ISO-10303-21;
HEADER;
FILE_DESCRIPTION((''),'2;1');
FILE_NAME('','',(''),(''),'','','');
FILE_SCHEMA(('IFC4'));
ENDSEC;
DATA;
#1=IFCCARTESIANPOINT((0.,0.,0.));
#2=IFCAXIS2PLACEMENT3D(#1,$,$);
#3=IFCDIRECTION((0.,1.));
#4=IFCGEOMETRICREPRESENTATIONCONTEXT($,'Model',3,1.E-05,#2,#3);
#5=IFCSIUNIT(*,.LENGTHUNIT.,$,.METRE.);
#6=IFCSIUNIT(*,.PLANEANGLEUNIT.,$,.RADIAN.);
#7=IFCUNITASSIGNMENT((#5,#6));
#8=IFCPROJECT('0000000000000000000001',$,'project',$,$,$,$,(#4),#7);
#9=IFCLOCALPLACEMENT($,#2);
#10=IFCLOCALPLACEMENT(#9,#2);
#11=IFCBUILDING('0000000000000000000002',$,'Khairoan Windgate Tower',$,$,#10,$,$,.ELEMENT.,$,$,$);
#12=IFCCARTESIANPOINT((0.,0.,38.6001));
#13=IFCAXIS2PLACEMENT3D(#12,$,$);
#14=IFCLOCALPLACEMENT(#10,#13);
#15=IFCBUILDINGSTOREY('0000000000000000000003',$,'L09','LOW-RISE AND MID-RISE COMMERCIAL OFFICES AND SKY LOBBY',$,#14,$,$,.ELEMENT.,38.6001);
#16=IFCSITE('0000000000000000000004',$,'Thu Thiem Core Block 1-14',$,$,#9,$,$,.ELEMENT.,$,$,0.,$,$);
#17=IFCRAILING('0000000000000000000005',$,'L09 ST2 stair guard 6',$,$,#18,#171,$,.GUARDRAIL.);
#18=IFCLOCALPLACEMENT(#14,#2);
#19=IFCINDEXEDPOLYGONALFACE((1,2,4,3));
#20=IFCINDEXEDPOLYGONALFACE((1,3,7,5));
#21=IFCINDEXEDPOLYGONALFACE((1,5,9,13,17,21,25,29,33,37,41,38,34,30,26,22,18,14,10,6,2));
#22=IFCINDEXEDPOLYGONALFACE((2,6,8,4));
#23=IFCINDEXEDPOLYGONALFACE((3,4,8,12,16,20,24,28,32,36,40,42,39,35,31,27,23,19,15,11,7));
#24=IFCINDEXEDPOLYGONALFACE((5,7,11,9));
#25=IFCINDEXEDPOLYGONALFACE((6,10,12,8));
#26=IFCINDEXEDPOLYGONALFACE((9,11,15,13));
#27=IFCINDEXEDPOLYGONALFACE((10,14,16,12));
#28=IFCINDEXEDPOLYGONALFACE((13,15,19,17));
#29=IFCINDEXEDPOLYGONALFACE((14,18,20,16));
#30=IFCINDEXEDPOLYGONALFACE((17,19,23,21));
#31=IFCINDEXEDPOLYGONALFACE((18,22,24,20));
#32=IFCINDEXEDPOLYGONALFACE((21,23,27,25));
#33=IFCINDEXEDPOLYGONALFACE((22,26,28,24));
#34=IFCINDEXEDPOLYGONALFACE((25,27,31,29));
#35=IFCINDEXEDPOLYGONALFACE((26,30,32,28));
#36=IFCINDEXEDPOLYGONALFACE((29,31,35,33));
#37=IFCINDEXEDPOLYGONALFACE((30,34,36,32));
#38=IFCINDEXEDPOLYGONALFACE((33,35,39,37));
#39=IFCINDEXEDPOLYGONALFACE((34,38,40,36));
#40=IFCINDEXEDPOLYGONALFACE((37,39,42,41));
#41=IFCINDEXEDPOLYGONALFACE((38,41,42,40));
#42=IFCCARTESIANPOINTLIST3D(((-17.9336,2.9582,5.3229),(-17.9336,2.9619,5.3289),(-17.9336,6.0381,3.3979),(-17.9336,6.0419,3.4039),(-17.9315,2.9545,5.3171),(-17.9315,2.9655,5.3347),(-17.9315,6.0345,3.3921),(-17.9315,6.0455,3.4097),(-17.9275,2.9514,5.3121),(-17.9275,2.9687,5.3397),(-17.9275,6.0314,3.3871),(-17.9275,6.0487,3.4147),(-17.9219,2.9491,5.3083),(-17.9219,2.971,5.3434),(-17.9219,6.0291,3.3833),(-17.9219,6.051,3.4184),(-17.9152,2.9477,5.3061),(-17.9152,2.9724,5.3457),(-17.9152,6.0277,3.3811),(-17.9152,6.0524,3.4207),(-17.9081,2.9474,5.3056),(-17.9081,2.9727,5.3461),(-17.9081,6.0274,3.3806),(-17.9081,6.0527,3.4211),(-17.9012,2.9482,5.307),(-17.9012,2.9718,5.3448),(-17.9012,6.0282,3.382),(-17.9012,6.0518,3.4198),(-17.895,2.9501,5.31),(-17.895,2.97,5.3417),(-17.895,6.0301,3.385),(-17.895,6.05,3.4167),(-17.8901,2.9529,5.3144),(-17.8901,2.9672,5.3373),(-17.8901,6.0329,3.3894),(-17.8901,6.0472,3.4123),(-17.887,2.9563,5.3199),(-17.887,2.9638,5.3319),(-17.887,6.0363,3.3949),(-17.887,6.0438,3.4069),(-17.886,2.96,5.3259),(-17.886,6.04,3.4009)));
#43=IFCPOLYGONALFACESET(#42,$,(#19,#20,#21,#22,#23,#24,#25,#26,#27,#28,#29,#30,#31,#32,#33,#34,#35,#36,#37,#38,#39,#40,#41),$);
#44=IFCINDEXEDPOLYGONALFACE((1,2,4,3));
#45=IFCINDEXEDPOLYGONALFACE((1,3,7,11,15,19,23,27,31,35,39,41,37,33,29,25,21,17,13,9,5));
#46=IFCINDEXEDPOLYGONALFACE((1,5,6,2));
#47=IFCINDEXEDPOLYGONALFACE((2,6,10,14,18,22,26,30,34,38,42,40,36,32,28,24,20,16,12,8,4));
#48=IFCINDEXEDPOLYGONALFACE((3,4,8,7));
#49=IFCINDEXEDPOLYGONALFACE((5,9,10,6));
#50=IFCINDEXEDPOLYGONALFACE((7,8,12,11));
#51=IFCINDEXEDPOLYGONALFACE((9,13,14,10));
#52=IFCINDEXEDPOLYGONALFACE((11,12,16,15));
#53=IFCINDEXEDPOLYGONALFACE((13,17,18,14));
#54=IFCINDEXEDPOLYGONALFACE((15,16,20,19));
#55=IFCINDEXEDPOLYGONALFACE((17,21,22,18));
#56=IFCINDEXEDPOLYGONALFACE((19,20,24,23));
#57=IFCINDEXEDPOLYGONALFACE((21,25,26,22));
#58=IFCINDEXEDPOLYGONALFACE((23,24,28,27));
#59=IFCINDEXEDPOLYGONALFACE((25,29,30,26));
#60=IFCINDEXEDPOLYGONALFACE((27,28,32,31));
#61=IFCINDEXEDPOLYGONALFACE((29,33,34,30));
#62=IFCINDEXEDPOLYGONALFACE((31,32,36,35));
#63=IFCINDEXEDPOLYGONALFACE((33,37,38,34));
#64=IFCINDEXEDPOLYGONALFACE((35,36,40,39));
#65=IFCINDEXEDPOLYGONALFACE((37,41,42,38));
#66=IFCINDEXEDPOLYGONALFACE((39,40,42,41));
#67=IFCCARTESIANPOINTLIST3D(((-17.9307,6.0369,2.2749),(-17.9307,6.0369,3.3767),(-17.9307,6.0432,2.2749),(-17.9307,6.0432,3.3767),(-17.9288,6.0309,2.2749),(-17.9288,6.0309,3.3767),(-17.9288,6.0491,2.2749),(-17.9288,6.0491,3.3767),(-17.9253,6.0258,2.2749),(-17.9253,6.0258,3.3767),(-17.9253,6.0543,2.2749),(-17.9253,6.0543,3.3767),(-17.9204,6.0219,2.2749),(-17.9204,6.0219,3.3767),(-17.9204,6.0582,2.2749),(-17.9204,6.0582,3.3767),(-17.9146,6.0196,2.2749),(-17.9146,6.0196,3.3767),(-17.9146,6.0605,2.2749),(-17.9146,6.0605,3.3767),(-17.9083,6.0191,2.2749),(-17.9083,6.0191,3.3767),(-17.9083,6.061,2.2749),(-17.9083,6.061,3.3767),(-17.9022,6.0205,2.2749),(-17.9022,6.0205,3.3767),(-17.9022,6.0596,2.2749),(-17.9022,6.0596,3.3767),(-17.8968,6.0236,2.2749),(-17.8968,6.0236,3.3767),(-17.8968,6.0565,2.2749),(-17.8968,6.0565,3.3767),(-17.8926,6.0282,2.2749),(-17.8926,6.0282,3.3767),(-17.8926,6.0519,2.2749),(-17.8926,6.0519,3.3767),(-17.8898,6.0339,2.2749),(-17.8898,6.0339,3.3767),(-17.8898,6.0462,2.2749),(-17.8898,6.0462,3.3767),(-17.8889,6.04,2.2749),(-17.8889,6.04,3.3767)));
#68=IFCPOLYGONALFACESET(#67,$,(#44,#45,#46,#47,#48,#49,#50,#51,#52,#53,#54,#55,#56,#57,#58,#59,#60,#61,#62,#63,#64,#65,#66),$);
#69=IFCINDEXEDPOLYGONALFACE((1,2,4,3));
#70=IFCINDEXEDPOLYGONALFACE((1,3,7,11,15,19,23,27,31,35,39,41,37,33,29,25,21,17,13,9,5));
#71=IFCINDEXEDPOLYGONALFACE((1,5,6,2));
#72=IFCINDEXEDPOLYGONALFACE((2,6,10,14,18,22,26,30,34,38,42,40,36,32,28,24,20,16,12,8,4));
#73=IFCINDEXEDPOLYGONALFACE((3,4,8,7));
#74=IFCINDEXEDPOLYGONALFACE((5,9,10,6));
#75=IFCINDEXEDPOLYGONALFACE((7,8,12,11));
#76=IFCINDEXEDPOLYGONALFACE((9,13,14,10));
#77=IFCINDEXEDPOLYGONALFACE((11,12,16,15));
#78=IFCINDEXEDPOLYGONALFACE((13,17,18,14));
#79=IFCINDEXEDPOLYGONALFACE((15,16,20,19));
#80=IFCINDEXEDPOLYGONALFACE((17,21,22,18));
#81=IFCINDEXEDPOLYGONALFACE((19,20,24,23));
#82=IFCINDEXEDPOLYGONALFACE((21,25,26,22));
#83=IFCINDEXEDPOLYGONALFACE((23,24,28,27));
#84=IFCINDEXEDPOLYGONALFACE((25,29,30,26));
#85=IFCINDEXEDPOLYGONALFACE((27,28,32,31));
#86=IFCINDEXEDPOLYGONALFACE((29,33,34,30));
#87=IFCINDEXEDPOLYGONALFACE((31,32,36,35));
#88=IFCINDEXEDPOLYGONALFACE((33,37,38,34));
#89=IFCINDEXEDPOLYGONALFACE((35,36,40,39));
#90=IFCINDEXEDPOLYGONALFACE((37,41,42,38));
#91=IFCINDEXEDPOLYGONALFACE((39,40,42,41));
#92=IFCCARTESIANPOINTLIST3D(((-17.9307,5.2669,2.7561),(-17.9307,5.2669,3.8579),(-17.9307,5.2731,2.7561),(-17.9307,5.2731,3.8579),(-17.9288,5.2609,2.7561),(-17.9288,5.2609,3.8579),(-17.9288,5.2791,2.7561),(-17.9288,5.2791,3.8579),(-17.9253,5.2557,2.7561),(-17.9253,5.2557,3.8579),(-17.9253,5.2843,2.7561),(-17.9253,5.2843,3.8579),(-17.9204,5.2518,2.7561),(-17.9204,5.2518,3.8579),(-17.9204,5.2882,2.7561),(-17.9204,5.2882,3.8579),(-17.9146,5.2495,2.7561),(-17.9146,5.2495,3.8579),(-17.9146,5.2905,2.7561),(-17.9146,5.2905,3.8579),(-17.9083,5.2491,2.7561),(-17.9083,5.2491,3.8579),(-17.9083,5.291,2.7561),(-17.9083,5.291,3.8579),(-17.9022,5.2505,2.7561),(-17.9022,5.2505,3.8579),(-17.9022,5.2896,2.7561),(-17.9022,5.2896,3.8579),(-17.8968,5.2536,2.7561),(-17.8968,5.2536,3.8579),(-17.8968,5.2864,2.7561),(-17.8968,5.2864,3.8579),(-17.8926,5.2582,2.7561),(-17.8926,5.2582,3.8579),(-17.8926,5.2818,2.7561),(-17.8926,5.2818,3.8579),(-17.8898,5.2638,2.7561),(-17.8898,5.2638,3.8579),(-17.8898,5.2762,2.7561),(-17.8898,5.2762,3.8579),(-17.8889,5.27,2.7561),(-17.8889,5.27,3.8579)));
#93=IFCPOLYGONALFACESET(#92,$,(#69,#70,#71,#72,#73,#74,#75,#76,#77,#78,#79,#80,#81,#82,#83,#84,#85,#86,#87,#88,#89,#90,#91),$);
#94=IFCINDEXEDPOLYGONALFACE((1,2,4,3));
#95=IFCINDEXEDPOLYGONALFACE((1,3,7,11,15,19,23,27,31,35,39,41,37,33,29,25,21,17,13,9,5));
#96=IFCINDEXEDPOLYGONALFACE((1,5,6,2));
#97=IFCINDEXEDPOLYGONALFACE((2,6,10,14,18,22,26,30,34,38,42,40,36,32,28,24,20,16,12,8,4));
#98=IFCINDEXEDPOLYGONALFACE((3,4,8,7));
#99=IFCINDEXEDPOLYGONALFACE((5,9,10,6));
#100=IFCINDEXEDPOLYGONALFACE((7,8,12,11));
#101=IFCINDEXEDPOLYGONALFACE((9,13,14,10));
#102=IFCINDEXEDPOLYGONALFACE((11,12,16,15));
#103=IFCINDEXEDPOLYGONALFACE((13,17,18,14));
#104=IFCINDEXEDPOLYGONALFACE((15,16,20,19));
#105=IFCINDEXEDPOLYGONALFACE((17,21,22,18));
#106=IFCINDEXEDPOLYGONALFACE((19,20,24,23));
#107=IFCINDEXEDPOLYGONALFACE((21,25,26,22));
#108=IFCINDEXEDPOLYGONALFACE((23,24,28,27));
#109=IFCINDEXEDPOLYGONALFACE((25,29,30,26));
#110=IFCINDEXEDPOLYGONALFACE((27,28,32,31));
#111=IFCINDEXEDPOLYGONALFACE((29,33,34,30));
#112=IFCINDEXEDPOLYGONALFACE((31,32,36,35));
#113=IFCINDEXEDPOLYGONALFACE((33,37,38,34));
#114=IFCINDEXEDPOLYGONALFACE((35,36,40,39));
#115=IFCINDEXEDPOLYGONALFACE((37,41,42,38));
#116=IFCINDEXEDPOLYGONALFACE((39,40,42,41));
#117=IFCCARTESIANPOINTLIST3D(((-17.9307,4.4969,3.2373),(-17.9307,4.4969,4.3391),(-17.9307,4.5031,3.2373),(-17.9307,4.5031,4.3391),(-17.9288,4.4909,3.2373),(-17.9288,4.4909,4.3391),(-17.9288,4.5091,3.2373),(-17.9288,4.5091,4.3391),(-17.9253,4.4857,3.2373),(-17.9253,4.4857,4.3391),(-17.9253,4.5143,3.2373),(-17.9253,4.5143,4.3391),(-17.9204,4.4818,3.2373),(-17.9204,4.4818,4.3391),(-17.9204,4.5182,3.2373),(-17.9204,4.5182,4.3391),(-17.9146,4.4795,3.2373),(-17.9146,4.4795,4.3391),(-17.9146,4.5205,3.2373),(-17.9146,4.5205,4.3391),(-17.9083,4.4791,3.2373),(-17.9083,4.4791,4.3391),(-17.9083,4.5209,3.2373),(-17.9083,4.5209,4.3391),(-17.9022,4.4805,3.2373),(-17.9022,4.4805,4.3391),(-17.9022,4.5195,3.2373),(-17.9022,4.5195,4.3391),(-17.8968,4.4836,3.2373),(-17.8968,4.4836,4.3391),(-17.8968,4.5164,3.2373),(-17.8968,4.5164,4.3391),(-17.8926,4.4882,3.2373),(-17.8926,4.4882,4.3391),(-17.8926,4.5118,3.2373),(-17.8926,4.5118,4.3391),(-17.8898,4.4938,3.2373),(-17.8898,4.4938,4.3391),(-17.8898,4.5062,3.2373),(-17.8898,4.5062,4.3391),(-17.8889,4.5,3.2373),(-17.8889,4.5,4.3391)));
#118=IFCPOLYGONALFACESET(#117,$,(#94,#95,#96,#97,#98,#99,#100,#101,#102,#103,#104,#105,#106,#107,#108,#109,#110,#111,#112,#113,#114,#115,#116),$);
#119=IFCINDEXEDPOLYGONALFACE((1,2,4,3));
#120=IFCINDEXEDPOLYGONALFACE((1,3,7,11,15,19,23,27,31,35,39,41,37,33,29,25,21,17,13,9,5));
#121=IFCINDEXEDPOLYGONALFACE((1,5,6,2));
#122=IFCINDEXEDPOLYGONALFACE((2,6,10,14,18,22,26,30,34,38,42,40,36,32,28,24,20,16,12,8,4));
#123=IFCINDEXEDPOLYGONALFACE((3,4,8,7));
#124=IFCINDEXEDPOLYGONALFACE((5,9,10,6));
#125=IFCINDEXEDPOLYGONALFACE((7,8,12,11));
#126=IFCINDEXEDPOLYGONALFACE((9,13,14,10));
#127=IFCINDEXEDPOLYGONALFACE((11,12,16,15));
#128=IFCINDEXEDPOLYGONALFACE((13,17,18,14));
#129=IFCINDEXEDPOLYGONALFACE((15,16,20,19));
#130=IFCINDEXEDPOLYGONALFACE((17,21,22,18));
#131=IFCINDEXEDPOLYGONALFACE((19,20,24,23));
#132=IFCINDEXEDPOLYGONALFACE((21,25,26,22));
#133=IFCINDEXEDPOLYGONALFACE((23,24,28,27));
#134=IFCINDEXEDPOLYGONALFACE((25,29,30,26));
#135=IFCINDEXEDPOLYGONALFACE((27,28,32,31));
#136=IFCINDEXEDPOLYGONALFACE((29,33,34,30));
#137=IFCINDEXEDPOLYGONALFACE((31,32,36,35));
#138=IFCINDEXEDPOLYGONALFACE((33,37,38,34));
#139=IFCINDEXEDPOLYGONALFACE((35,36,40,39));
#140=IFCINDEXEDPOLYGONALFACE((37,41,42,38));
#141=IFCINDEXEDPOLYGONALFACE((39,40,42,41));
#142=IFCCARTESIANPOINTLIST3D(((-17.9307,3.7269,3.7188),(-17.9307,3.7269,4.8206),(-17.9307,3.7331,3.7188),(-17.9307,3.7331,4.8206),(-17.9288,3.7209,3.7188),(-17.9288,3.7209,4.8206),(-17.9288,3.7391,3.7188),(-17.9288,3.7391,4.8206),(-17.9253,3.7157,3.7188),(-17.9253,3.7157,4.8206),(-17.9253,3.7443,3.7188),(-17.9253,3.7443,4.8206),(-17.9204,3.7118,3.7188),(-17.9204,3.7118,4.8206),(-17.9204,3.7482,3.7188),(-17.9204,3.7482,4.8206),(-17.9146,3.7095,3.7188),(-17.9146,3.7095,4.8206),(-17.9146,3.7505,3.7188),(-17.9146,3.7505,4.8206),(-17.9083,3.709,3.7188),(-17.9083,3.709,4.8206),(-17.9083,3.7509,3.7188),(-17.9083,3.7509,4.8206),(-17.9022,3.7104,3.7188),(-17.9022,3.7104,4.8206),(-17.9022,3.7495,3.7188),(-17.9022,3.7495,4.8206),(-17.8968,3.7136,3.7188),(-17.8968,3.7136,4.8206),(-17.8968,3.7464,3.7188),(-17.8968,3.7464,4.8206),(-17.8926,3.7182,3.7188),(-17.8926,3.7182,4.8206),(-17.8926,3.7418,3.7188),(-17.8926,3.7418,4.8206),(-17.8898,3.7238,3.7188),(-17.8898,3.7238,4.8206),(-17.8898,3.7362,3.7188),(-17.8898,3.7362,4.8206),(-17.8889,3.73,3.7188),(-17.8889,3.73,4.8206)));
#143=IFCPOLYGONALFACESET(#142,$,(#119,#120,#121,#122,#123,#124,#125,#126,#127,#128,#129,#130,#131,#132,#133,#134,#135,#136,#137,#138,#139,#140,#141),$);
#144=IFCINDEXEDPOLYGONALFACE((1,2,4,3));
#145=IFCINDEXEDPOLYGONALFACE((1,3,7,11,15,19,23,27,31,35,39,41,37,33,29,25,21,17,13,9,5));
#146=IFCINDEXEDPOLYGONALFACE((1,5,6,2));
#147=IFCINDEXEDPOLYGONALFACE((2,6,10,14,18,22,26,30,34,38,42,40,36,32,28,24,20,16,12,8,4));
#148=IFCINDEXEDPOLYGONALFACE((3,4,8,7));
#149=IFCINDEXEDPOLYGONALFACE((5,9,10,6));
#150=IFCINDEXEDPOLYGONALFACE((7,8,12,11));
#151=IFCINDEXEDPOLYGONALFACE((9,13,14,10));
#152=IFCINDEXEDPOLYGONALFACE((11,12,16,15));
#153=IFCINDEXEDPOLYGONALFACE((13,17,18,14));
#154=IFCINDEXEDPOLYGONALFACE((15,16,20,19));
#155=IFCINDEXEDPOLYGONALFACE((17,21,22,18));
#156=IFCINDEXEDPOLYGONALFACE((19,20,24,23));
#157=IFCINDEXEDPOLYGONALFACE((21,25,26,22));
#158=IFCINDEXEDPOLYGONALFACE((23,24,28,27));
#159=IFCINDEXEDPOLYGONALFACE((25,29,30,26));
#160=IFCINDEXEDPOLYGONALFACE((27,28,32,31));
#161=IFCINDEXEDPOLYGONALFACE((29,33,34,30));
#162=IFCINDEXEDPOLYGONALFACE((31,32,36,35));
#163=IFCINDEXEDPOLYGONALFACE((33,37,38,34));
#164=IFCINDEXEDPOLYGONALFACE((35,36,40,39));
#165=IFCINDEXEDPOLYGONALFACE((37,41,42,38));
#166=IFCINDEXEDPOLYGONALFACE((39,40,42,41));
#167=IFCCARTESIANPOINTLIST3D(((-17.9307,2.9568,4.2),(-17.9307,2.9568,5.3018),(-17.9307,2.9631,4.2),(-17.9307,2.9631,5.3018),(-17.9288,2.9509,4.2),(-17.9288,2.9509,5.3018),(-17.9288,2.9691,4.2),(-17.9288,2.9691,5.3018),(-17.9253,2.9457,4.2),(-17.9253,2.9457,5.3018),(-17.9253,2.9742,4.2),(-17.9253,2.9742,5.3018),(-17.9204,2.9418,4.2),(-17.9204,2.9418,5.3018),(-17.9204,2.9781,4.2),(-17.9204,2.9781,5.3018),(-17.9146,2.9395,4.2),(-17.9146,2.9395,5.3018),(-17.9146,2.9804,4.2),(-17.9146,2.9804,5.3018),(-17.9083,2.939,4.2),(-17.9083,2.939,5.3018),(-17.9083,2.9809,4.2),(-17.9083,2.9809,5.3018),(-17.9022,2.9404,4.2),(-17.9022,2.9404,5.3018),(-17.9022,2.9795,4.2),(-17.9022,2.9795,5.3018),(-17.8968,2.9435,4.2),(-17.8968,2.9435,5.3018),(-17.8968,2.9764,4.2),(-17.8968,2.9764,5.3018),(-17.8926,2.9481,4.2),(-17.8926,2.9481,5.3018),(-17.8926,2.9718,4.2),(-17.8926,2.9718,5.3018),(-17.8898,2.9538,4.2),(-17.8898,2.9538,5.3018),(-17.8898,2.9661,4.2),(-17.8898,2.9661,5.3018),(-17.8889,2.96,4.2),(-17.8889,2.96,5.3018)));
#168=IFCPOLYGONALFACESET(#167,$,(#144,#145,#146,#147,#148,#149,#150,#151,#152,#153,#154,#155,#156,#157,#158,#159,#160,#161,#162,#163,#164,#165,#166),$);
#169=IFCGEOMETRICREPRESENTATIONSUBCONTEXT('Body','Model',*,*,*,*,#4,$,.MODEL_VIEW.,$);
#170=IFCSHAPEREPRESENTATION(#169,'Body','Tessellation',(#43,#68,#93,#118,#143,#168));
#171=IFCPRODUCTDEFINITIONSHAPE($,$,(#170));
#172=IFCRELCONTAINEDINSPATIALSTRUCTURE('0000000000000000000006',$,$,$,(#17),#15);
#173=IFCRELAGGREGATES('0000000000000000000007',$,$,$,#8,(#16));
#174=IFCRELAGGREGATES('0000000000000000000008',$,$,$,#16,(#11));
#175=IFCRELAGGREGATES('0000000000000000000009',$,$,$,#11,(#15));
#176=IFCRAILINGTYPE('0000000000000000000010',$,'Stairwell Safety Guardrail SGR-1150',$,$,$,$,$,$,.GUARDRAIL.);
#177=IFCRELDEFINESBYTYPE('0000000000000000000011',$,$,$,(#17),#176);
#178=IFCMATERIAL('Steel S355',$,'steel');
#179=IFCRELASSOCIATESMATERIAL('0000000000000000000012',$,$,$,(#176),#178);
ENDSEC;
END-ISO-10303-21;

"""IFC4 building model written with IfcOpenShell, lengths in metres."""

from ifc_helpers import new_model, si_unit, direction, frame, origin, origin_2d, place, context, subcontext, project, spatial, circle, extrude, material, type_object, element, save


model = new_model("IFC4")

# Units and contexts
model_context = context("Model", 3, precision=1e-05, world=origin(), true_north=direction((0.0, 1.0)))
body_context = subcontext(model_context, "Body", "Model", "MODEL_VIEW")
ifc_project = project(units=[si_unit("LENGTHUNIT", "METRE"), si_unit("PLANEANGLEUNIT", "RADIAN")], contexts=[model_context])

# Site, building, storey
site_placement = place(None, origin())
site = spatial("IfcSite", under=ifc_project, at=site_placement, Name="Thu Thiem Core Block 1-14", CompositionType="ELEMENT", RefElevation=0.0)
building_placement = place(site_placement, origin())
building = spatial("IfcBuilding", under=site, at=building_placement, Name="Khairoan Windgate Tower", CompositionType="ELEMENT")
storey_placement = place(building_placement, frame((0.0, 0.0, 38.6001)))
storey = spatial("IfcBuildingStorey", under=building, at=storey_placement, Name="L09", Description="LOW-RISE AND MID-RISE COMMERCIAL OFFICES AND SKY LOBBY", CompositionType="ELEMENT", Elevation=38.6001)

# Railing
ifc_material_1 = material(Name="Steel S355", Category="steel")
railing_type_1 = type_object("IfcRailingType", Name="Stairwell Safety Guardrail SGR-1150", PredefinedType="GUARDRAIL", material=ifc_material_1)
railing_1_placement = place(storey_placement, frame((-17.9099, 6.04, 2.2749)))
element("IfcRailing", 1, at=railing_1_placement, inside=storey, type_object=railing_type_1, Name="L09 ST2 stair guard 6", PredefinedType="GUARDRAIL", context=body_context, shape_type="SweptSolid", body=[
    extrude(circle(Radius=0.0239, at=origin_2d()), frame((0.0, 0.0, 1.126), z_axis=(0.0, -0.847998, 0.529999), x_axis=(1.0, 0.0, 0.0)), (0.0, 0.0, 1.0), 3.6321),
    extrude(circle(Radius=0.021, at=origin_2d()), origin(), (0.0, 0.0, 1.0), 1.1018),
    extrude(circle(Radius=0.021, at=origin_2d()), frame((0.0, -0.77, 0.4812)), (0.0, 0.0, 1.0), 1.1018),
    extrude(circle(Radius=0.021, at=origin_2d()), frame((0.0, -1.54, 0.9624)), (0.0, 0.0, 1.0), 1.1018),
    extrude(circle(Radius=0.021, at=origin_2d()), frame((0.0, -2.3101, 1.4438)), (0.0, 0.0, 1.0), 1.1018),
    extrude(circle(Radius=0.021, at=origin_2d()), frame((0.0, -3.0801, 1.925)), (0.0, 0.0, 1.0), 1.1018),
])

save(model, "model.ifc")
